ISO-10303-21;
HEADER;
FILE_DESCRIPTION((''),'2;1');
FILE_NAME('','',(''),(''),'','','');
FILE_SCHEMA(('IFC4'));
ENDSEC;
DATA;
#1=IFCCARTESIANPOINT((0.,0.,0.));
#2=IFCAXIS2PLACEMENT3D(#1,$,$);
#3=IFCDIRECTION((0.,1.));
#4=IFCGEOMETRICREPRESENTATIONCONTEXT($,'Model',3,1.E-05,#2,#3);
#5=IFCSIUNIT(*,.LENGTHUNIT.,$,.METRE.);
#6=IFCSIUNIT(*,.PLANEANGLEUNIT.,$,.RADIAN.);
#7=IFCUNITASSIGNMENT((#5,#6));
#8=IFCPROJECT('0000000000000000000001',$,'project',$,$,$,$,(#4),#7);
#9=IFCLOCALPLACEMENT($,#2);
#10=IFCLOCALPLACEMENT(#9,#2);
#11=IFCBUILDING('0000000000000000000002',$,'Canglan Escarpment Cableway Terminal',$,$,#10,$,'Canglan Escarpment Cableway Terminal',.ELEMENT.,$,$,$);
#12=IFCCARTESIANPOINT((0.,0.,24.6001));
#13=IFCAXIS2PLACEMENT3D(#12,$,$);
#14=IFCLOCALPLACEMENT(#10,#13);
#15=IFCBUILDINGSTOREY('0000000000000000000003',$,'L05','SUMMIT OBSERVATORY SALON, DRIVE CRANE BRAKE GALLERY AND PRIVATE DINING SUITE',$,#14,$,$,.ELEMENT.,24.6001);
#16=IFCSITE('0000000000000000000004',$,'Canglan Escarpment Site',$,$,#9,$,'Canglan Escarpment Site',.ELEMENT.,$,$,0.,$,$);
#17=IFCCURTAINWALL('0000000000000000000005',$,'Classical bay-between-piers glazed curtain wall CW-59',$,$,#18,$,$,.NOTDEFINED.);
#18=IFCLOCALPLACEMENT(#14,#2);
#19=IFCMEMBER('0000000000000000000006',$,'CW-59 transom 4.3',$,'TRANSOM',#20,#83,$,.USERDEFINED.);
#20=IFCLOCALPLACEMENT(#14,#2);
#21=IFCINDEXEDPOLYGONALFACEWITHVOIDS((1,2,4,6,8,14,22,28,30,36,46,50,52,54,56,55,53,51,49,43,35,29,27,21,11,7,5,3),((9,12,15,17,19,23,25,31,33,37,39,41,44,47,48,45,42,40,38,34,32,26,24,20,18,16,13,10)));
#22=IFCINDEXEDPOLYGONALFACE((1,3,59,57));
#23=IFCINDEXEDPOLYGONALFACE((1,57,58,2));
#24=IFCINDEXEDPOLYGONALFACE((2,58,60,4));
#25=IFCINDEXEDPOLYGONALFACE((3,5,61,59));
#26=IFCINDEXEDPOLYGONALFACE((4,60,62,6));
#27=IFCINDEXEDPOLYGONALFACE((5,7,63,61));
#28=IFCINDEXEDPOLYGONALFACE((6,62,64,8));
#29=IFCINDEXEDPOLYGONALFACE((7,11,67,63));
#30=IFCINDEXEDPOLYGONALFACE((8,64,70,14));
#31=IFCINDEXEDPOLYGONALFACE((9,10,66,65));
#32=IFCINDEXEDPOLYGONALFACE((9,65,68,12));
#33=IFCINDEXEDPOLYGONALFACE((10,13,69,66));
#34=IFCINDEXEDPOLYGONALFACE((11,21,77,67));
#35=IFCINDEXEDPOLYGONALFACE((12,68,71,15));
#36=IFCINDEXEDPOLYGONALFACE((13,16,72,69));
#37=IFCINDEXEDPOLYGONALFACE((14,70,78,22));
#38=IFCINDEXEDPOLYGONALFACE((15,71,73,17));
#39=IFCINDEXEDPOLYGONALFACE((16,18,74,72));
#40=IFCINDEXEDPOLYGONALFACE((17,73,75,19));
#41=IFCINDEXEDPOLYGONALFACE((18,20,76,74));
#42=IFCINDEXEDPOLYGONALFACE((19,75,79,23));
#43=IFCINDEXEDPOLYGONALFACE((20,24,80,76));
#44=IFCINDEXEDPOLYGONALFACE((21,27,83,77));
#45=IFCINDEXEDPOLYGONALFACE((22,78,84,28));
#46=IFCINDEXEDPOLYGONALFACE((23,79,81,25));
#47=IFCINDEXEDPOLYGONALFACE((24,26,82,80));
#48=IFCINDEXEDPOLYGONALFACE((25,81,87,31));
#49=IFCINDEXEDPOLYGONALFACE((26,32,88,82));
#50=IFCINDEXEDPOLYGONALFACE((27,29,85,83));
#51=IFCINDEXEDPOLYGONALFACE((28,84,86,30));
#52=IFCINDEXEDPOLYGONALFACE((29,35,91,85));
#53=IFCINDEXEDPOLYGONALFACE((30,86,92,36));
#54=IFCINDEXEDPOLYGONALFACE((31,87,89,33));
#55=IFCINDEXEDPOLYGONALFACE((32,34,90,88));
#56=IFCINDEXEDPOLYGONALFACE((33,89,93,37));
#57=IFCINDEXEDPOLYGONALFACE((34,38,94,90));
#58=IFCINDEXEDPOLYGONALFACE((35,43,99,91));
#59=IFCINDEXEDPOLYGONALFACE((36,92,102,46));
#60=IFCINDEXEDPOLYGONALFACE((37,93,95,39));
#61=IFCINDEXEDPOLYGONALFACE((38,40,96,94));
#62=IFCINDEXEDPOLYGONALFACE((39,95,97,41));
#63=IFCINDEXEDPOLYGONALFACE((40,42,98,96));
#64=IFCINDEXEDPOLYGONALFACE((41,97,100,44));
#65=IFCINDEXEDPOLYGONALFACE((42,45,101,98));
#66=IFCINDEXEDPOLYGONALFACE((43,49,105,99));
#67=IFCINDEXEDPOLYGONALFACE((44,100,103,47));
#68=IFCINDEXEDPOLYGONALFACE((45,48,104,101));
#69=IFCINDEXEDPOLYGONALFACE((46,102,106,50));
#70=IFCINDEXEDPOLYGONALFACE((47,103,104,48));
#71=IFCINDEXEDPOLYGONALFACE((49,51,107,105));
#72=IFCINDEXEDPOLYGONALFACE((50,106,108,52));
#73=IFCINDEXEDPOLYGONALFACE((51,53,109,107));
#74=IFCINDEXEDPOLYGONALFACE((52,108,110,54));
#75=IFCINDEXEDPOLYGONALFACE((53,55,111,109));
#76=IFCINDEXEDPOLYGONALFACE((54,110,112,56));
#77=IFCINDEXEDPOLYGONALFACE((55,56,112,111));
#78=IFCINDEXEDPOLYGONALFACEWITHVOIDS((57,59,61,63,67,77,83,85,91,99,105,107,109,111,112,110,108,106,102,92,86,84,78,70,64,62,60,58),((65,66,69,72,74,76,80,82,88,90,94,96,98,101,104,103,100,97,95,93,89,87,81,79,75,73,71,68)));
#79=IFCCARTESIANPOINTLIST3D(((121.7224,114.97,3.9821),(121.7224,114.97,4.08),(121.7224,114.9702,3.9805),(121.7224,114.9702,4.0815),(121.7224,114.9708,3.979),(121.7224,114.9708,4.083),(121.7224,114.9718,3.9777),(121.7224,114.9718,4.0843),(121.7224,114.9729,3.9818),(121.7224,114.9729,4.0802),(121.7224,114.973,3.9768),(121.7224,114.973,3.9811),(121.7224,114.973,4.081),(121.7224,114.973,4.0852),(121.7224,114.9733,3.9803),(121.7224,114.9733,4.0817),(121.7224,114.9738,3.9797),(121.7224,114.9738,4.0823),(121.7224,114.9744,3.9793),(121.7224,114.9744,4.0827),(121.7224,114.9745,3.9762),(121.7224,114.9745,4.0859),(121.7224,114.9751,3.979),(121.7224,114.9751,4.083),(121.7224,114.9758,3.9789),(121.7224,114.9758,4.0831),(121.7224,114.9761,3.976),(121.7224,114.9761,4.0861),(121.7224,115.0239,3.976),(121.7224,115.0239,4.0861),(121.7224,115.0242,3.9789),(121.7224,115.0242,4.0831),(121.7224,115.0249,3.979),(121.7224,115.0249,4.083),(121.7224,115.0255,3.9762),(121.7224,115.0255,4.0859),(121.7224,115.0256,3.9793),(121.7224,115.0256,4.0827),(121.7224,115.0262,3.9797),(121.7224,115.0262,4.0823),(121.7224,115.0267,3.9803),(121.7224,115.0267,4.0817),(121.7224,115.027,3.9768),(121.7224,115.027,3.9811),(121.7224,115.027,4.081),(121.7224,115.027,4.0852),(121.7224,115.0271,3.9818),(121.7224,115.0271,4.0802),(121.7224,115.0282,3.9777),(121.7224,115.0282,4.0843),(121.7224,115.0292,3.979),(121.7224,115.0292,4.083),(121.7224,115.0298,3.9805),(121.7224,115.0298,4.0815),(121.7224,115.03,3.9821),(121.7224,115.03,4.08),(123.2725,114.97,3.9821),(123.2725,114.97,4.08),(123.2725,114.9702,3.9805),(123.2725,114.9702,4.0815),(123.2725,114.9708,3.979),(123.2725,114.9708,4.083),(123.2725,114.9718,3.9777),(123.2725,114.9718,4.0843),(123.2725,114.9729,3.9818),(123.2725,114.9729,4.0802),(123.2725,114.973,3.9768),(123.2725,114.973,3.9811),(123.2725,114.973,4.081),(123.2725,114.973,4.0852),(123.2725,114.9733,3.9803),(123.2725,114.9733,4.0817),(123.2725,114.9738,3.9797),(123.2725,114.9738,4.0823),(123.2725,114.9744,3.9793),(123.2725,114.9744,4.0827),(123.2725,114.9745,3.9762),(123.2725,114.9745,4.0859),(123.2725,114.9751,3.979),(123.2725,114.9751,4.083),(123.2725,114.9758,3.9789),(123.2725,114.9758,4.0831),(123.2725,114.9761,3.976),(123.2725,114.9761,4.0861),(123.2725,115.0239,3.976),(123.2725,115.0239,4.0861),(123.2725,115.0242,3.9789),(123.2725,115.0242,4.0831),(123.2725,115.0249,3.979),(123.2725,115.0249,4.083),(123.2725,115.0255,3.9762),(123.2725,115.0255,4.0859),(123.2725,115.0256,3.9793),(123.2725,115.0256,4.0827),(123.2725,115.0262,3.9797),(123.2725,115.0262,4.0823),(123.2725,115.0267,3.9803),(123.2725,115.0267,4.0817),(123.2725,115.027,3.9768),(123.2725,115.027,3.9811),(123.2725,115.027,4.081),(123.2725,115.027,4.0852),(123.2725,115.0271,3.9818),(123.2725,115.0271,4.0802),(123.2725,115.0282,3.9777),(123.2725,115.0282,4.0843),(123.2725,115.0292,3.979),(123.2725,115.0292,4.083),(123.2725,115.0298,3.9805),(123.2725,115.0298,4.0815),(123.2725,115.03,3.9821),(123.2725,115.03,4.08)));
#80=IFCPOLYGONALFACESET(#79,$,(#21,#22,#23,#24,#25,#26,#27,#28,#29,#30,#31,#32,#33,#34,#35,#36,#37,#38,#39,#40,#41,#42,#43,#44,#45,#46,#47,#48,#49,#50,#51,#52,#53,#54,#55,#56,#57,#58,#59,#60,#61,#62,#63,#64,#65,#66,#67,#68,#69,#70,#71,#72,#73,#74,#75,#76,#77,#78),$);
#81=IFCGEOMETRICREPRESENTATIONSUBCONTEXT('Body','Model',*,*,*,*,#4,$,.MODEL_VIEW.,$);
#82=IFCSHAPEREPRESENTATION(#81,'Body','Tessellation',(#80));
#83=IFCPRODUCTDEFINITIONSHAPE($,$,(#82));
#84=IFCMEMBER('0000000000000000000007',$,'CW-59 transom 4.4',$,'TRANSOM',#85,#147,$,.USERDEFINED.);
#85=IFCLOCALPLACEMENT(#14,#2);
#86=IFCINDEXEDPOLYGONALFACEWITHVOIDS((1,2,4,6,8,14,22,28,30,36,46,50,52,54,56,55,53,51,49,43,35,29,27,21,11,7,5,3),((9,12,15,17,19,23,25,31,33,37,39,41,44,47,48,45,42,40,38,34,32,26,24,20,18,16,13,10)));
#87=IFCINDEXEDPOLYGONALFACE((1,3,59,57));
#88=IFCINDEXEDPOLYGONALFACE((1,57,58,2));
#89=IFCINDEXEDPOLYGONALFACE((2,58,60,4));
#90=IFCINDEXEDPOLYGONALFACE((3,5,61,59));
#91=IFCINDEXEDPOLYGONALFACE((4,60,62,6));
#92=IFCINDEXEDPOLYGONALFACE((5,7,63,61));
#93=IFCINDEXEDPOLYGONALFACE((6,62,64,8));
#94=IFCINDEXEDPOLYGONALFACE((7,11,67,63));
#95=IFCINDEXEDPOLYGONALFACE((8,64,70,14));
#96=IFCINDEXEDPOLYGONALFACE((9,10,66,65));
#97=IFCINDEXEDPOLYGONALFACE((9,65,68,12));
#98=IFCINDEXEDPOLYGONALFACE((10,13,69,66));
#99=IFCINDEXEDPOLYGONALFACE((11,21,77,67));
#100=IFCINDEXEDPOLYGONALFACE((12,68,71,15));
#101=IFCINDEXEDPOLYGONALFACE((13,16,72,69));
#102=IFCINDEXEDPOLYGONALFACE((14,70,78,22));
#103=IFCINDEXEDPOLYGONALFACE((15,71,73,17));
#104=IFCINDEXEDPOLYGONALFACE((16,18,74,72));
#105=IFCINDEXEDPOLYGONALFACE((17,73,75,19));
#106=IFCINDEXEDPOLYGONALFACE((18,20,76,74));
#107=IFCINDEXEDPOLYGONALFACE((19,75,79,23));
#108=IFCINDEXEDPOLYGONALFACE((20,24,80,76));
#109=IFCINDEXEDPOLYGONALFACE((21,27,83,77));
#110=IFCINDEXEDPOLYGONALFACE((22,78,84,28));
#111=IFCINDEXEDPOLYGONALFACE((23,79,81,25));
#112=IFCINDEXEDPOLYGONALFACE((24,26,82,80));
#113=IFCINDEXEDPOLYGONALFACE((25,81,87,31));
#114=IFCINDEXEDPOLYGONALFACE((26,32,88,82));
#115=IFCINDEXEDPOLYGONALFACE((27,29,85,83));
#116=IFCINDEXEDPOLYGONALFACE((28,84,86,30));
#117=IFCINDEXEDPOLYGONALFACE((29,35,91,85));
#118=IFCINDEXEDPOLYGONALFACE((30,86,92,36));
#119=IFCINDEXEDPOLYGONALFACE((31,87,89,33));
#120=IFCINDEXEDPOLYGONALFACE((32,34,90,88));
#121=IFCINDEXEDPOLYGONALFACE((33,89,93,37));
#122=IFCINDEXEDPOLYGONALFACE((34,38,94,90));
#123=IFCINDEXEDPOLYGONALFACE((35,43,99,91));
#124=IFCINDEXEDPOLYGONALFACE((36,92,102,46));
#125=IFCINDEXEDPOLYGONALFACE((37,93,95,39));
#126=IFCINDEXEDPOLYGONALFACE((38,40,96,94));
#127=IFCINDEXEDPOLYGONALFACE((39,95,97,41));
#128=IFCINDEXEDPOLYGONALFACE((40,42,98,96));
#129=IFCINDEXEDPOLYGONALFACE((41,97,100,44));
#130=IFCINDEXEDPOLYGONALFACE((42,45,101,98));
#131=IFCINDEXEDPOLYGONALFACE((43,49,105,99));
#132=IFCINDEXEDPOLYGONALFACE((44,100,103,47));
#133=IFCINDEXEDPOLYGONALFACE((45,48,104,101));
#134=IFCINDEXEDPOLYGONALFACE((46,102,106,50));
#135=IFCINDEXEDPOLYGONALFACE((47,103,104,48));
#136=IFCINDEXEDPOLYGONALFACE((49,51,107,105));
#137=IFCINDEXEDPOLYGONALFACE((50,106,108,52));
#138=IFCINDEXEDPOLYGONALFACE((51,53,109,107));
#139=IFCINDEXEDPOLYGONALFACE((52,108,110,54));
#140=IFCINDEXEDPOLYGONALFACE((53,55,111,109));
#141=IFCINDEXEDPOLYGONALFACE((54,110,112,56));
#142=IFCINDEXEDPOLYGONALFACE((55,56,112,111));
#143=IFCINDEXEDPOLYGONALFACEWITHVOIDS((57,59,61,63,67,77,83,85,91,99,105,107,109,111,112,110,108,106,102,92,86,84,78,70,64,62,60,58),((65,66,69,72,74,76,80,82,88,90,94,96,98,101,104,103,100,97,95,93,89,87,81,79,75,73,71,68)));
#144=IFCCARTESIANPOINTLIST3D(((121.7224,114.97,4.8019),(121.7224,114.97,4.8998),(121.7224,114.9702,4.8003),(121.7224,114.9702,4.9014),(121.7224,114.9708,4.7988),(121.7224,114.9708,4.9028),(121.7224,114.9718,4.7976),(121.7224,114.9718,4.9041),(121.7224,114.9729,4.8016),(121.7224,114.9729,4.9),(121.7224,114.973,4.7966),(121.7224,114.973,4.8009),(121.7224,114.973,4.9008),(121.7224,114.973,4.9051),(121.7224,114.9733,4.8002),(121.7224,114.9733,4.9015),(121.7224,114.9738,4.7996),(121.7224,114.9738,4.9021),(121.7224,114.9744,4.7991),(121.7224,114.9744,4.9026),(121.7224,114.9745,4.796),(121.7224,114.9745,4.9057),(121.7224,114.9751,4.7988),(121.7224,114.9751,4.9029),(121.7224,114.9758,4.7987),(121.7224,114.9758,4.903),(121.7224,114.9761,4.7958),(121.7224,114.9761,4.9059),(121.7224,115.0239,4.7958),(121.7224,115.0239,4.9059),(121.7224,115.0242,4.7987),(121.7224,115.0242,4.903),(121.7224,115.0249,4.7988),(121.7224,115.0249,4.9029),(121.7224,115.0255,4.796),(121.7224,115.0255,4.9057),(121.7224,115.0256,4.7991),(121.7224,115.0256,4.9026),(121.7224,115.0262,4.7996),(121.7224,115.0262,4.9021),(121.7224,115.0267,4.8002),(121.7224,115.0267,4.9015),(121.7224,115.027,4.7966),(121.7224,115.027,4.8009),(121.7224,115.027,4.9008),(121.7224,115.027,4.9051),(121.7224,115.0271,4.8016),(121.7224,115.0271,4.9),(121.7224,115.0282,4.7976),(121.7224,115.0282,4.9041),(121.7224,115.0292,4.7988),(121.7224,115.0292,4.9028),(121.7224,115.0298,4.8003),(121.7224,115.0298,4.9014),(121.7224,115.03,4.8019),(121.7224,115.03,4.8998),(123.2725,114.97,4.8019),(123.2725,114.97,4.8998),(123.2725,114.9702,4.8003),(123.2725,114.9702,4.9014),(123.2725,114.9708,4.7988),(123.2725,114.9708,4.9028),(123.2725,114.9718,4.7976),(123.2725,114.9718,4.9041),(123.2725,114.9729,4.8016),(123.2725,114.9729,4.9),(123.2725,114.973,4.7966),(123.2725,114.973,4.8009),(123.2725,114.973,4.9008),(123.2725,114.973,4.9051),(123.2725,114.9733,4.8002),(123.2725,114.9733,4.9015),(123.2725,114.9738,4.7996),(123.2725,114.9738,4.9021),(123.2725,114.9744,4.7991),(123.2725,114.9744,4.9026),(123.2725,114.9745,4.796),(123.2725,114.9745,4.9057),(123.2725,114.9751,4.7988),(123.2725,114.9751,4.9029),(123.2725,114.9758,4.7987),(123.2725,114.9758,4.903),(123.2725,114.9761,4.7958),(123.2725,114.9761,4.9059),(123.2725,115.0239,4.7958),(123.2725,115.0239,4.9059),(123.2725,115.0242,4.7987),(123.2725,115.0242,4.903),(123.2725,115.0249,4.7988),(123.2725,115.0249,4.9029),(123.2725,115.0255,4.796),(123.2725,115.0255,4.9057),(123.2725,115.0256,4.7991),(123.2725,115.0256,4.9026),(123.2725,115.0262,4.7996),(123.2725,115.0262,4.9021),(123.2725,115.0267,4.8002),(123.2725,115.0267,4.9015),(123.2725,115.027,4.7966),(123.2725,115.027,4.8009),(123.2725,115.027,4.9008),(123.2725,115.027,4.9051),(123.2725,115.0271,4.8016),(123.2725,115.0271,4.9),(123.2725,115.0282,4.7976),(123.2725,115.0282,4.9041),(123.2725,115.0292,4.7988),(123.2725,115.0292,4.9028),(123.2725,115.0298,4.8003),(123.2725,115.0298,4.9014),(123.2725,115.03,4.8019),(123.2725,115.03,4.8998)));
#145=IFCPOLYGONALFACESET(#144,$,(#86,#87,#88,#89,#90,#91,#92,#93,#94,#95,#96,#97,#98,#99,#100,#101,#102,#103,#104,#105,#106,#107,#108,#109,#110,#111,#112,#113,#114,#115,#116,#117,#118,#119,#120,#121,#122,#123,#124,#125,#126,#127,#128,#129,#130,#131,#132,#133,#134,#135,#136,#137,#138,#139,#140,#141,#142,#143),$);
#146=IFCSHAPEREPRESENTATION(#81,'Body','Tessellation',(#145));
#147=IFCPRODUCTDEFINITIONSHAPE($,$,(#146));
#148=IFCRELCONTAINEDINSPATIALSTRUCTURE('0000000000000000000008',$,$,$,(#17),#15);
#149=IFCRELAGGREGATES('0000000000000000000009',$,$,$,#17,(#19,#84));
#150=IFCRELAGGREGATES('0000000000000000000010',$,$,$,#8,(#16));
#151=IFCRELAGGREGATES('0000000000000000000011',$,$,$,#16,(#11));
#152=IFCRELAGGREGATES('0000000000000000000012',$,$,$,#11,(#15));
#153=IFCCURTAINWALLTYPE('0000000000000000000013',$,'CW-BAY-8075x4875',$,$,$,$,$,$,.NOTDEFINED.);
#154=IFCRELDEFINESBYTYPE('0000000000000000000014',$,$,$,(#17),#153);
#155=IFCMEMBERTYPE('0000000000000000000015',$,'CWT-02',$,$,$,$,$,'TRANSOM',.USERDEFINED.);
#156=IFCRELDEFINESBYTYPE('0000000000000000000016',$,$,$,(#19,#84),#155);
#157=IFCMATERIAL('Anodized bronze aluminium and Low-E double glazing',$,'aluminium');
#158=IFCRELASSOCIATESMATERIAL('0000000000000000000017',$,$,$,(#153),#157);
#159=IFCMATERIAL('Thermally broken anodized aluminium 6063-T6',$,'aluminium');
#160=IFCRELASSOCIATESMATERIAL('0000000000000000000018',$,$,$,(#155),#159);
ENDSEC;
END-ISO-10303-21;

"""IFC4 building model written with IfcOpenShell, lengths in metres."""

from ifc_helpers import new_model, si_unit, direction, frame, origin, origin_2d, place, context, subcontext, project, spatial, hollow_rectangle, extrude, material, material_profile, profile_set, type_object, element, aggregate, save


model = new_model("IFC4")

# Units and contexts
model_context = context("Model", 3, precision=1e-05, world=origin(), true_north=direction((0.0, 1.0)))
body_context = subcontext(model_context, "Body", "Model", "MODEL_VIEW")
ifc_project = project(units=[si_unit("LENGTHUNIT", "METRE"), si_unit("PLANEANGLEUNIT", "RADIAN")], contexts=[model_context])

# Site, building, storey
site_placement = place(None, origin())
site = spatial("IfcSite", under=ifc_project, at=site_placement, Name="Canglan Escarpment Site", LongName="Canglan Escarpment Site", CompositionType="ELEMENT", RefElevation=0.0)
building_placement = place(site_placement, origin())
building = spatial("IfcBuilding", under=site, at=building_placement, Name="Canglan Escarpment Cableway Terminal", LongName="Canglan Escarpment Cableway Terminal", CompositionType="ELEMENT")
storey_placement = place(building_placement, frame((0.0, 0.0, 24.6001)))
storey = spatial("IfcBuildingStorey", under=building, at=storey_placement, Name="L05", Description="SUMMIT OBSERVATORY SALON, DRIVE CRANE BRAKE GALLERY AND PRIVATE DINING SUITE", CompositionType="ELEMENT", Elevation=24.6001)

# Curtain wall
ifc_material_1 = material(Name="Anodized bronze aluminium and Low-E double glazing", Category="aluminium")
ifc_material_2 = material(Name="Thermally broken anodized aluminium 6063-T6", Category="aluminium")
curtain_wall_type_1 = type_object("IfcCurtainWallType", Name="CW-BAY-8075x4875", PredefinedType="NOTDEFINED", material=ifc_material_1)
curtain_wall_1_placement = place(storey_placement, origin())
curtain_wall_1 = element("IfcCurtainWall", 1, at=curtain_wall_1_placement, inside=storey, type_object=curtain_wall_type_1, Name="Classical bay-between-piers glazed curtain wall CW-59", PredefinedType="NOTDEFINED")

# Members
ifc_material_profile_1 = material_profile(ifc_material_2, hollow_rectangle(XDim=0.0601, YDim=0.1101, WallThickness=0.0029, InnerFilletRadius=0.0029, OuterFilletRadius=0.0061, at=origin_2d()), Name="ALU-TRAN 60x110x3")
ifc_profile_set_1 = profile_set([ifc_material_profile_1], Name="Thermally broken anodized aluminium 6063-T6")
member_type_1 = type_object("IfcMemberType", Name="CWT-02", ElementType="TRANSOM", PredefinedType="USERDEFINED", material=ifc_profile_set_1)
member_1_placement = place(storey_placement, frame((123.2725, 115.0, 4.031), z_axis=(-1.0, 0.0, 0.0), x_axis=(0.0, -1.0, 0.0)))
member_1 = element("IfcMember", 2, at=member_1_placement, type_object=member_type_1, Name="CW-59 transom 4.3", ObjectType="TRANSOM", PredefinedType="USERDEFINED", context=body_context, shape_type="SweptSolid", body=[
    extrude(hollow_rectangle(XDim=0.0601, YDim=0.1101, WallThickness=0.0029, InnerFilletRadius=0.0029, OuterFilletRadius=0.0061, at=origin_2d()), origin(), (0.0, 0.0, 1.0), 1.55),
])
member_2_placement = place(storey_placement, frame((123.2725, 115.0, 4.8508), z_axis=(-1.0, 0.0, 0.0), x_axis=(0.0, -1.0, 0.0)))
member_2 = element("IfcMember", 3, at=member_2_placement, type_object=member_type_1, Name="CW-59 transom 4.4", ObjectType="TRANSOM", PredefinedType="USERDEFINED", context=body_context, shape_type="SweptSolid", body=[
    extrude(hollow_rectangle(XDim=0.0601, YDim=0.1101, WallThickness=0.0029, InnerFilletRadius=0.0029, OuterFilletRadius=0.0061, at=origin_2d()), origin(), (0.0, 0.0, 1.0), 1.55),
])

aggregate(curtain_wall_1, [member_1, member_2])

save(model, "model.ifc")
